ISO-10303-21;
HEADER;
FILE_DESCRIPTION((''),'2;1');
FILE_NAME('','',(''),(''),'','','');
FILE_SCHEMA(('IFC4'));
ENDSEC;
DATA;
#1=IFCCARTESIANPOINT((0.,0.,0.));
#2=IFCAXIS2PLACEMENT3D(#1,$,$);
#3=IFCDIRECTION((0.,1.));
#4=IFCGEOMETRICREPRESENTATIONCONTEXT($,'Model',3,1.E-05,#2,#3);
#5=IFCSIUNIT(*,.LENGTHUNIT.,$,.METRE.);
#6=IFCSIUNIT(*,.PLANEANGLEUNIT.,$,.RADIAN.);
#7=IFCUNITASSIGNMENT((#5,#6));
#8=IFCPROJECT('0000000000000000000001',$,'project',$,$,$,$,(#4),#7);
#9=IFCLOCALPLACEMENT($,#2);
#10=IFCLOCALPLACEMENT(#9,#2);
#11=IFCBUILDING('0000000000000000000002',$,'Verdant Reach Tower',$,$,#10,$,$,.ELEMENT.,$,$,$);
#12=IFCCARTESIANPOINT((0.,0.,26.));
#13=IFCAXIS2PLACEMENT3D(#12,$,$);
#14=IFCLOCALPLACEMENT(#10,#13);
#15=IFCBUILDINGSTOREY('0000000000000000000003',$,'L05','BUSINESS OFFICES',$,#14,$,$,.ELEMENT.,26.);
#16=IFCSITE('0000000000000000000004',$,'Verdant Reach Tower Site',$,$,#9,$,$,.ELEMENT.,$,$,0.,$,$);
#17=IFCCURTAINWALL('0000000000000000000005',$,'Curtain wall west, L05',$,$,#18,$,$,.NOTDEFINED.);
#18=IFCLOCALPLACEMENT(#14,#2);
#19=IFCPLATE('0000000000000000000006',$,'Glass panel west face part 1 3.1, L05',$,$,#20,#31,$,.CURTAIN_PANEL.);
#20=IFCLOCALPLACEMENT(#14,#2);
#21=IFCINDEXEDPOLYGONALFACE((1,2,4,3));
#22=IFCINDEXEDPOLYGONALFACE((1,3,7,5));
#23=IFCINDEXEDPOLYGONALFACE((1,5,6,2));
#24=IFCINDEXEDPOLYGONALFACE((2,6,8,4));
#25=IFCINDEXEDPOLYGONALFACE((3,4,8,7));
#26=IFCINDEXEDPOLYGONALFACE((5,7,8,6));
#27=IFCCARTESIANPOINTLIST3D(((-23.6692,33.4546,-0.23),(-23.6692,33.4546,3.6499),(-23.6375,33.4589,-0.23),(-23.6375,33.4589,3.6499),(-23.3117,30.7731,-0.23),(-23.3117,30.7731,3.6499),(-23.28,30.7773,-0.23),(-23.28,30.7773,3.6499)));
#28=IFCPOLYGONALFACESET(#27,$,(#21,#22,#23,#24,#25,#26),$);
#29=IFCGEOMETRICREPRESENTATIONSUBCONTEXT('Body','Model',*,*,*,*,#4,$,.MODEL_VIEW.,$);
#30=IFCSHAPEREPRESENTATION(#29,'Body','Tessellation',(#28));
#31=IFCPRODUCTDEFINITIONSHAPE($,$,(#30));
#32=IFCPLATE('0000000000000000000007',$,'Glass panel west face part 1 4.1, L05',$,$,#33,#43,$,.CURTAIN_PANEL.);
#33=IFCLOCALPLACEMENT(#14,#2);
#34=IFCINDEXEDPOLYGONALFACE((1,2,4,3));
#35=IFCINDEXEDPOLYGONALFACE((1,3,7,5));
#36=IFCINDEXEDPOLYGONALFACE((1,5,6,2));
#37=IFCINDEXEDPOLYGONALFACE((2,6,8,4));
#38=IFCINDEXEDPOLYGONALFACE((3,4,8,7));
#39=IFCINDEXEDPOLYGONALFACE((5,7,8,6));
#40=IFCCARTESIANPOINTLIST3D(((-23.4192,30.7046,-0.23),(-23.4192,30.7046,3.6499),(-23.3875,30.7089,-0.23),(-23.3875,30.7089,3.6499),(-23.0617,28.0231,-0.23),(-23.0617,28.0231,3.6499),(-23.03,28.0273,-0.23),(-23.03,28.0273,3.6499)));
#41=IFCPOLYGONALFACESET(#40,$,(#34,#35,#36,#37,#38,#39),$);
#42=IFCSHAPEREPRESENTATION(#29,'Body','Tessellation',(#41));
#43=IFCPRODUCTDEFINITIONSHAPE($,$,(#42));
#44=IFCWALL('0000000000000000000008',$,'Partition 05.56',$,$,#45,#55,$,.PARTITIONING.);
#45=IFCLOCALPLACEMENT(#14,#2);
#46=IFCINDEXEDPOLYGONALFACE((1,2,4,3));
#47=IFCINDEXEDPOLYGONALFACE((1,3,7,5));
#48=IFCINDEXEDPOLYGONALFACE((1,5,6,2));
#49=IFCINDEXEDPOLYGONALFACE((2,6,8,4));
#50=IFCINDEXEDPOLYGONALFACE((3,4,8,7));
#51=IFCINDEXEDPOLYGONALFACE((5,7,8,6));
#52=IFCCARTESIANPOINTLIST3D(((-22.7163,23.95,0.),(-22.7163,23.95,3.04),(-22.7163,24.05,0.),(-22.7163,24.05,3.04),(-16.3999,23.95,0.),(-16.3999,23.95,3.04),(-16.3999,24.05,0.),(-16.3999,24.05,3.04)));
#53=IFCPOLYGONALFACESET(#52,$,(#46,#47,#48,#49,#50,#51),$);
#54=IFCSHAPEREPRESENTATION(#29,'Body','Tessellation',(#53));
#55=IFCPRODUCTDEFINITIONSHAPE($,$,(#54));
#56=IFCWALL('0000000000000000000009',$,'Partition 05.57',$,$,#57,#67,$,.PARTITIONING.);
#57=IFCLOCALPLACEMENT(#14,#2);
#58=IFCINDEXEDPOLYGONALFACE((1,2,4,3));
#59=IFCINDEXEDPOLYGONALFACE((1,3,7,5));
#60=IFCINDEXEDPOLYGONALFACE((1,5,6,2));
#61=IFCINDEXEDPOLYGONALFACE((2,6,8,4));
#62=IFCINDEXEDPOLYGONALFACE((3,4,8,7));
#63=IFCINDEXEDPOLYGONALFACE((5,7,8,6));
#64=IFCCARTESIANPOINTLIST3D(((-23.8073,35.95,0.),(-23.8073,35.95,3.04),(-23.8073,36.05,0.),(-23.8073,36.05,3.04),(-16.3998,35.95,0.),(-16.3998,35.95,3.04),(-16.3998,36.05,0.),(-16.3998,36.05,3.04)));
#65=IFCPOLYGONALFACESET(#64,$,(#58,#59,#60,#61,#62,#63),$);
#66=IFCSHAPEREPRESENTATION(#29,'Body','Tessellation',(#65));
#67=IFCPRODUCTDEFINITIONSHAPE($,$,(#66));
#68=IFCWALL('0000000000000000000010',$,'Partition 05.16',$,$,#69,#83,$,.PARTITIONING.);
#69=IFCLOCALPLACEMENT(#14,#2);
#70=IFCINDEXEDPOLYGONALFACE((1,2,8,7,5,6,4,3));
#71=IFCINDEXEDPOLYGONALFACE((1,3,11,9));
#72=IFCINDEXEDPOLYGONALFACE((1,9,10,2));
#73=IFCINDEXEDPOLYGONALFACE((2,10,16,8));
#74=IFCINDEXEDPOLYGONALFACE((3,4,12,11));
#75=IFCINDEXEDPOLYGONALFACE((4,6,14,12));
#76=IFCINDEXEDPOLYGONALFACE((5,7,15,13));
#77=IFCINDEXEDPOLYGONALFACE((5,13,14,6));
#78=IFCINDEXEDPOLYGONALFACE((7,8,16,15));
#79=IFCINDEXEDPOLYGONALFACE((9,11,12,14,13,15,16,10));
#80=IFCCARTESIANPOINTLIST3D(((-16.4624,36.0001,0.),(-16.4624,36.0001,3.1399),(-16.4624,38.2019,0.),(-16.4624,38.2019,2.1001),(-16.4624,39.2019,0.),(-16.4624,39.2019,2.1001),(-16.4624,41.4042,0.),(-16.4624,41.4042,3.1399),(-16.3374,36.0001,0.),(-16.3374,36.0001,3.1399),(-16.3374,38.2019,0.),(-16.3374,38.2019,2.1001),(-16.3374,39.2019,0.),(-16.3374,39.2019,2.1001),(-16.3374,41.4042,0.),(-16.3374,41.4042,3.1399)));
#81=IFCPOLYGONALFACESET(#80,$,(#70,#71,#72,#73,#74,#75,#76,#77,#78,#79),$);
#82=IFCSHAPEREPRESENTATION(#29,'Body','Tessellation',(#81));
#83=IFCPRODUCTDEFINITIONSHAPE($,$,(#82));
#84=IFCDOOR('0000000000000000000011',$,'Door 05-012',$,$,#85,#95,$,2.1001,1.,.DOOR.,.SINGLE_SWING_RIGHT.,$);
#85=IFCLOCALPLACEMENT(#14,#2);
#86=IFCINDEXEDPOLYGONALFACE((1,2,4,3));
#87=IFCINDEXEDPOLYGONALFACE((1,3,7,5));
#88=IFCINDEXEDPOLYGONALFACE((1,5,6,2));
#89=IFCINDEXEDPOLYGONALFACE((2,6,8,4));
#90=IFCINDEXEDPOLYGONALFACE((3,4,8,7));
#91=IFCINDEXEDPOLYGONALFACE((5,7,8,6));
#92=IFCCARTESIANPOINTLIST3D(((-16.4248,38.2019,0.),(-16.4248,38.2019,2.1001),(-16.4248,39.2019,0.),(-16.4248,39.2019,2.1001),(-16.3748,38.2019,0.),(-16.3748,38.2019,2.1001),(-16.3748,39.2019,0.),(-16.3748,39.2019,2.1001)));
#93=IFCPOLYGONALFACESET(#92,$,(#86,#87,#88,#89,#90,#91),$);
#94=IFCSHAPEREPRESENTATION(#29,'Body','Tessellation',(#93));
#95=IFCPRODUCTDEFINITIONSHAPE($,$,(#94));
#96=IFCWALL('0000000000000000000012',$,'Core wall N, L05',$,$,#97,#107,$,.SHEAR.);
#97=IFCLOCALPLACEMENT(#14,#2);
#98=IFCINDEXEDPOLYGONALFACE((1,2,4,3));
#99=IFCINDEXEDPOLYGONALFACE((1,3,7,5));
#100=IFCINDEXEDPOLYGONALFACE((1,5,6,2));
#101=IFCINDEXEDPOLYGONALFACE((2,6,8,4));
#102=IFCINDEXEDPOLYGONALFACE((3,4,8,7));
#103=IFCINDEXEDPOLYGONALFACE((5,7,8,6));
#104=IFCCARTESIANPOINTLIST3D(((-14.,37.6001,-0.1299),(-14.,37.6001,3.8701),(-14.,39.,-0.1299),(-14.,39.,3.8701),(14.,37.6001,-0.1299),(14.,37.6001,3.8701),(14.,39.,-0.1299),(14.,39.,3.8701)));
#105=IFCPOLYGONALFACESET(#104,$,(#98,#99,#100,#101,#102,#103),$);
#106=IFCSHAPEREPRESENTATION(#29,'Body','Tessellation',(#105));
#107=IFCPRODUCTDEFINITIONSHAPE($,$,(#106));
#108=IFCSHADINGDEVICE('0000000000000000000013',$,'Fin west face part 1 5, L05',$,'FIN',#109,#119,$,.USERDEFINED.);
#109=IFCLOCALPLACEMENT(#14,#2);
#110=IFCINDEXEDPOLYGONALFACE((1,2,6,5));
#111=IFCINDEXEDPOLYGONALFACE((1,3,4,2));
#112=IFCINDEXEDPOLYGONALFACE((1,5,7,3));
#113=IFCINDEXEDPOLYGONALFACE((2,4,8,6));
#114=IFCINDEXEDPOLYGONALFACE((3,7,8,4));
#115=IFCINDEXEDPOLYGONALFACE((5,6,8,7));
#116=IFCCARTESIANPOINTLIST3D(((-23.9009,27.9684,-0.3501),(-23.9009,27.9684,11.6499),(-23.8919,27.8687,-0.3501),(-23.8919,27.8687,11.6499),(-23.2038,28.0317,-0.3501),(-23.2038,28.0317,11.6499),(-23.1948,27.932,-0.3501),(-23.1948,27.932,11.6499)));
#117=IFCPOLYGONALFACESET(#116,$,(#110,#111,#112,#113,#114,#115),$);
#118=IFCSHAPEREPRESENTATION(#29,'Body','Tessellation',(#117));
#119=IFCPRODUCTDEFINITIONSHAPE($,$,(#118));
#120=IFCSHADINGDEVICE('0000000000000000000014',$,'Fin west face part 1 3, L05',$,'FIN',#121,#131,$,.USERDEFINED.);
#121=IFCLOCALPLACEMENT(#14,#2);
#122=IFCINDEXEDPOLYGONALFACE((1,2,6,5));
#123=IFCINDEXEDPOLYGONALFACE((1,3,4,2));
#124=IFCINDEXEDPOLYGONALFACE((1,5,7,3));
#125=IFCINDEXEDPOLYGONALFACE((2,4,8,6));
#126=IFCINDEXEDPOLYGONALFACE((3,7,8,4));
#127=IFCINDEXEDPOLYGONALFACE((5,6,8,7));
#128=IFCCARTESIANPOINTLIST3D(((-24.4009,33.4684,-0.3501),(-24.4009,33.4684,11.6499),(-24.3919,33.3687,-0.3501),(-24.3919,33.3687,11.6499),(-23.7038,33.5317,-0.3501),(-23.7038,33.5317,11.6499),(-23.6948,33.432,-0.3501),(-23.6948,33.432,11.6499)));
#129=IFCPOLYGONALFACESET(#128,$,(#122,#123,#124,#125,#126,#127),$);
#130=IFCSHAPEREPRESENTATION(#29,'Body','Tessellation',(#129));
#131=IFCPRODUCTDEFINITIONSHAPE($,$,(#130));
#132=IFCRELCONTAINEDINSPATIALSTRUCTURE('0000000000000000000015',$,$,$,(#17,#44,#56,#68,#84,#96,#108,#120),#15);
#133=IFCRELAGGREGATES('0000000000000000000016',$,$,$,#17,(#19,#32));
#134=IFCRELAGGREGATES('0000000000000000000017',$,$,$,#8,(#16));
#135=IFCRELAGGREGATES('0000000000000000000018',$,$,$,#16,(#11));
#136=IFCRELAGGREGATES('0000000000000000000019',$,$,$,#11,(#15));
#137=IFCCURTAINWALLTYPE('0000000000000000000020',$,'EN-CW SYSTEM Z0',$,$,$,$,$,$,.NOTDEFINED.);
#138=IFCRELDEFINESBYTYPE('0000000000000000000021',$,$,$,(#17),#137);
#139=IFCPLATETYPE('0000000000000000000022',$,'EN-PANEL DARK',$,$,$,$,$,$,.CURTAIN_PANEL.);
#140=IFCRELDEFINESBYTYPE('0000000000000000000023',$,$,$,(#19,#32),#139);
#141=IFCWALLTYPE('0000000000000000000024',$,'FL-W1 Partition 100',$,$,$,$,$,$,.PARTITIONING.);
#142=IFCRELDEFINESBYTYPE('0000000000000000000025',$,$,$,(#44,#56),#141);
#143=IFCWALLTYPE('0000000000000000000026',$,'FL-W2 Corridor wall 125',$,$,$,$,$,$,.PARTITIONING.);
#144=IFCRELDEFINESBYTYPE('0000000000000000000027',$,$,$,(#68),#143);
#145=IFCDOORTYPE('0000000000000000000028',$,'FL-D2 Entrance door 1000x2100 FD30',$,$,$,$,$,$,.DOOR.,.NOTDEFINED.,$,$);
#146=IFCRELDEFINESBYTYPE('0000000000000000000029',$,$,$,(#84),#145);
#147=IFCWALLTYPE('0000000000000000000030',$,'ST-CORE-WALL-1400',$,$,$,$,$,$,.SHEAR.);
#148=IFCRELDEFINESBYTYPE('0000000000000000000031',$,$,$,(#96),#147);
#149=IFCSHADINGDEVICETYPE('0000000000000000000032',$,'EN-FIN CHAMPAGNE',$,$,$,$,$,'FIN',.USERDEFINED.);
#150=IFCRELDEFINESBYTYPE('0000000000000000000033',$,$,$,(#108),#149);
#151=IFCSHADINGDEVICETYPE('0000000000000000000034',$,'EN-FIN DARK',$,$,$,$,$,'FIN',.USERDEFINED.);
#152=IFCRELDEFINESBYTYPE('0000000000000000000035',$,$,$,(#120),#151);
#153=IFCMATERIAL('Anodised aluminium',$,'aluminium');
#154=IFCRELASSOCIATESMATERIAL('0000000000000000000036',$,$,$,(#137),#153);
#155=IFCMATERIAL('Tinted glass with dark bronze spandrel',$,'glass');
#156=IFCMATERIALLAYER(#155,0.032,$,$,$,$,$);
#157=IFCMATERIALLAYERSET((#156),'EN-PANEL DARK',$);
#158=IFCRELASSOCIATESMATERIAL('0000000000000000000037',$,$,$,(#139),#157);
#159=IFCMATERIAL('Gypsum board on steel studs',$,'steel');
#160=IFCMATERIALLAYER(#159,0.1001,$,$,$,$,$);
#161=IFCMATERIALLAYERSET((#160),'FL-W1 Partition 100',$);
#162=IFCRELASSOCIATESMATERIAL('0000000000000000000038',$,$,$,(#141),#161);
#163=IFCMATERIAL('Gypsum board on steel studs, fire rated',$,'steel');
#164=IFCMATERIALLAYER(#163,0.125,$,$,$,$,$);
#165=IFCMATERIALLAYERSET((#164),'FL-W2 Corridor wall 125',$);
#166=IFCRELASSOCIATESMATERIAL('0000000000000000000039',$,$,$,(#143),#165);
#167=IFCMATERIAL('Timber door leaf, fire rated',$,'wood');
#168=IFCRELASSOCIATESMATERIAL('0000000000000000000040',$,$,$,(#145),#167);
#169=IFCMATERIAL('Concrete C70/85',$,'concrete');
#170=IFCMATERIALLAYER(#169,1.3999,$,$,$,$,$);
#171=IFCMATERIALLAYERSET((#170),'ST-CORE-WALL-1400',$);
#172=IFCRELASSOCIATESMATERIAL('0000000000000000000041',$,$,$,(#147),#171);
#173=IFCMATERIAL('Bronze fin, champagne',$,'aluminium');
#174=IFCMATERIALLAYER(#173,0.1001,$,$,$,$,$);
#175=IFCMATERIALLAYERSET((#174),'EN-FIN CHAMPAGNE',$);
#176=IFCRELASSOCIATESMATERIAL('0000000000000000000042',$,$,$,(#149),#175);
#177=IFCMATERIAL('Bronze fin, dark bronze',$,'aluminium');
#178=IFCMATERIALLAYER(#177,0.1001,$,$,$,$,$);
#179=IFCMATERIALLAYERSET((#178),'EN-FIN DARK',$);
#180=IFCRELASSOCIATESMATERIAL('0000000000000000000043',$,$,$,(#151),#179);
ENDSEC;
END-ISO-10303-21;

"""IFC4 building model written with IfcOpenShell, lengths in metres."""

from ifc_helpers import new_model, si_unit, direction, frame, frame_2d, origin, origin_2d, place, context, subcontext, project, spatial, rectangle, extrude, material, layer, layer_set, type_object, element, fill, aggregate, save


model = new_model("IFC4")

# Units and contexts
model_context = context("Model", 3, precision=1e-05, world=origin(), true_north=direction((0.0, 1.0)))
body_context = subcontext(model_context, "Body", "Model", "MODEL_VIEW")
ifc_project = project(units=[si_unit("LENGTHUNIT", "METRE"), si_unit("PLANEANGLEUNIT", "RADIAN")], contexts=[model_context])

# Site, building, storey
site_placement = place(None, origin())
site = spatial("IfcSite", under=ifc_project, at=site_placement, Name="Verdant Reach Tower Site", CompositionType="ELEMENT", RefElevation=0.0)
building_placement = place(site_placement, origin())
building = spatial("IfcBuilding", under=site, at=building_placement, Name="Verdant Reach Tower", CompositionType="ELEMENT")
storey_placement = place(building_placement, frame((0.0, 0.0, 26.0)))
storey = spatial("IfcBuildingStorey", under=building, at=storey_placement, Name="L05", Description="BUSINESS OFFICES", CompositionType="ELEMENT", Elevation=26.0)

# Curtain wall
ifc_material_1 = material(Name="Anodised aluminium", Category="aluminium")
curtain_wall_type = type_object("IfcCurtainWallType", Name="EN-CW SYSTEM Z0", PredefinedType="NOTDEFINED", material=ifc_material_1)
curtain_wall_placement = place(storey_placement, origin())
curtain_wall = element("IfcCurtainWall", 1, at=curtain_wall_placement, inside=storey, type_object=curtain_wall_type, Name="Curtain wall west, L05", PredefinedType="NOTDEFINED")

# Plates
ifc_material_2 = material(Name="Tinted glass with dark bronze spandrel", Category="glass")
ifc_layer_1 = layer(ifc_material_2, 0.032)
ifc_layer_set_1 = layer_set([ifc_layer_1], Name="EN-PANEL DARK")
plate_type_1 = type_object("IfcPlateType", Name="EN-PANEL DARK", PredefinedType="CURTAIN_PANEL", material=ifc_layer_set_1)
plate_1_placement = place(storey_placement, frame((-23.4746, 32.116, -0.23), z_axis=(0.0, 0.0, 1.0), x_axis=(0.13216, -0.991228, 0.0)))
plate_1 = element("IfcPlate", 2, at=plate_1_placement, type_object=plate_type_1, Name="Glass panel west face part 1 3.1, L05", PredefinedType="CURTAIN_PANEL", context=body_context, shape_type="SweptSolid", body=[
    extrude(rectangle(XDim=2.7053, YDim=0.032, at=origin_2d()), origin(), (0.0, 0.0, 1.0), 3.8799),
])
plate_2_placement = place(storey_placement, frame((-23.2246, 29.366, -0.23), z_axis=(0.0, 0.0, 1.0), x_axis=(0.13216, -0.991228, 0.0)))
plate_2 = element("IfcPlate", 3, at=plate_2_placement, type_object=plate_type_1, Name="Glass panel west face part 1 4.1, L05", PredefinedType="CURTAIN_PANEL", context=body_context, shape_type="SweptSolid", body=[
    extrude(rectangle(XDim=2.7053, YDim=0.032, at=origin_2d()), origin(), (0.0, 0.0, 1.0), 3.8799),
])
aggregate(curtain_wall, [plate_1, plate_2])

# Walls
ifc_material_3 = material(Name="Gypsum board on steel studs", Category="steel")
ifc_layer_2 = layer(ifc_material_3, 0.1001)
ifc_layer_set_2 = layer_set([ifc_layer_2], Name="FL-W1 Partition 100")
wall_type_1 = type_object("IfcWallType", Name="FL-W1 Partition 100", PredefinedType="PARTITIONING", material=ifc_layer_set_2)
wall_1_placement = place(storey_placement, frame((-16.3999, 24.0, 0.0), z_axis=(0.0, 0.0, 1.0), x_axis=(-1.0, 0.0, 0.0)))
element("IfcWall", 4, at=wall_1_placement, inside=storey, type_object=wall_type_1, Name="Partition 05.56", PredefinedType="PARTITIONING", context=body_context, shape_type="SweptSolid", body=[
    extrude(rectangle(XDim=6.3164, YDim=0.1001, at=frame_2d((3.1582, 0.0))), origin(), (0.0, 0.0, 1.0), 3.04),
])
wall_2_placement = place(storey_placement, frame((-16.3999, 36.0, 0.0), z_axis=(0.0, 0.0, 1.0), x_axis=(-1.0, 0.0, 0.0)))
element("IfcWall", 5, at=wall_2_placement, inside=storey, type_object=wall_type_1, Name="Partition 05.57", PredefinedType="PARTITIONING", context=body_context, shape_type="SweptSolid", body=[
    extrude(rectangle(XDim=7.4075, YDim=0.1001, at=frame_2d((3.7036, 0.0))), origin(), (0.0, 0.0, 1.0), 3.04),
])

# Wall, opening, door
ifc_material_4 = material(Name="Gypsum board on steel studs, fire rated", Category="steel")
ifc_layer_3 = layer(ifc_material_4, 0.125)
ifc_layer_set_3 = layer_set([ifc_layer_3], Name="FL-W2 Corridor wall 125")
wall_type_2 = type_object("IfcWallType", Name="FL-W2 Corridor wall 125", PredefinedType="PARTITIONING", material=ifc_layer_set_3)
wall_3_placement = place(storey_placement, frame((-16.3999, 36.0, 0.0), z_axis=(0.0, 0.0, 1.0), x_axis=(0.0, 1.0, 0.0)))
wall_3 = element("IfcWall", 6, at=wall_3_placement, inside=storey, type_object=wall_type_2, Name="Partition 05.16", PredefinedType="PARTITIONING", context=body_context, shape_type="SweptSolid", body=[
    extrude(rectangle(XDim=5.4041, YDim=0.125, at=frame_2d((2.7021, 0.0))), origin(), (0.0, 0.0, 1.0), 3.1399),
])
opening_placement = place(wall_3_placement, frame((2.2019, 0.0, 0.0)))
opening = element("IfcOpeningElement", 7, at=opening_placement, cuts=wall_3, PredefinedType="OPENING", context=body_context, shape_type="SweptSolid", body=[
    extrude(rectangle(XDim=1.0, YDim=2.1001, at=frame_2d((0.5, 1.05))), frame((0.0, 0.0725, 0.0), z_axis=(0.0, -1.0, 0.0), x_axis=(1.0, 0.0, 0.0)), (0.0, 0.0, 1.0), 0.145),
])
ifc_material_5 = material(Name="Timber door leaf, fire rated", Category="wood")
door_type = type_object("IfcDoorType", Name="FL-D2 Entrance door 1000x2100 FD30", OperationType="NOTDEFINED", PredefinedType="DOOR", material=ifc_material_5)
door_placement = place(opening_placement, origin())
door = element("IfcDoor", 8, at=door_placement, inside=storey, type_object=door_type, Name="Door 05-012", OperationType="SINGLE_SWING_RIGHT", OverallHeight=2.1001, OverallWidth=1.0, PredefinedType="DOOR", context=body_context, shape_type="SweptSolid", body=[
    extrude(rectangle(XDim=1.0, YDim=2.1001, at=frame_2d((0.5, 1.05))), frame((0.0, 0.0249, 0.0), z_axis=(0.0, -1.0, 0.0), x_axis=(1.0, 0.0, 0.0)), (0.0, 0.0, 1.0), 0.05),
])
fill(opening, door)

# Wall
ifc_material_6 = material(Name="Concrete C70/85", Category="concrete")
ifc_layer_4 = layer(ifc_material_6, 1.3999)
ifc_layer_set_4 = layer_set([ifc_layer_4], Name="ST-CORE-WALL-1400")
wall_type_3 = type_object("IfcWallType", Name="ST-CORE-WALL-1400", PredefinedType="SHEAR", material=ifc_layer_set_4)
wall_4_placement = place(storey_placement, frame((-14.0, 38.3, -0.1299), z_axis=(0.0, 0.0, 1.0), x_axis=(1.0, 0.0, 0.0)))
element("IfcWall", 9, at=wall_4_placement, inside=storey, type_object=wall_type_3, Name="Core wall N, L05", PredefinedType="SHEAR", context=body_context, shape_type="SweptSolid", body=[
    extrude(rectangle(XDim=28.0, YDim=1.3999, at=frame_2d((14.0, 0.0))), origin(), (0.0, 0.0, 1.0), 4.0),
])

# Shading devices
ifc_material_7 = material(Name="Bronze fin, champagne", Category="aluminium")
ifc_layer_5 = layer(ifc_material_7, 0.1001)
ifc_layer_set_5 = layer_set([ifc_layer_5], Name="EN-FIN CHAMPAGNE")
shading_device_type_1 = type_object("IfcShadingDeviceType", Name="EN-FIN CHAMPAGNE", ElementType="FIN", PredefinedType="USERDEFINED", material=ifc_layer_set_5)
shading_device_1_placement = place(storey_placement, frame((-23.5479, 27.9502, -0.3501), z_axis=(0.0, 0.0, 1.0), x_axis=(0.090536, -0.995893, 0.0)))
element("IfcShadingDevice", 10, at=shading_device_1_placement, inside=storey, type_object=shading_device_type_1, Name="Fin west face part 1 5, L05", ObjectType="FIN", PredefinedType="USERDEFINED", context=body_context, shape_type="SweptSolid", body=[
    extrude(rectangle(XDim=0.1001, YDim=0.7, at=origin_2d()), origin(), (0.0, 0.0, 1.0), 12.0),
])
ifc_material_8 = material(Name="Bronze fin, dark bronze", Category="aluminium")
ifc_layer_6 = layer(ifc_material_8, 0.1001)
ifc_layer_set_6 = layer_set([ifc_layer_6], Name="EN-FIN DARK")
shading_device_type_2 = type_object("IfcShadingDeviceType", Name="EN-FIN DARK", ElementType="FIN", PredefinedType="USERDEFINED", material=ifc_layer_set_6)
shading_device_2_placement = place(storey_placement, frame((-24.0479, 33.4502, -0.3501), z_axis=(0.0, 0.0, 1.0), x_axis=(0.090536, -0.995893, 0.0)))
element("IfcShadingDevice", 11, at=shading_device_2_placement, inside=storey, type_object=shading_device_type_2, Name="Fin west face part 1 3, L05", ObjectType="FIN", PredefinedType="USERDEFINED", context=body_context, shape_type="SweptSolid", body=[
    extrude(rectangle(XDim=0.1001, YDim=0.7, at=origin_2d()), origin(), (0.0, 0.0, 1.0), 12.0),
])

save(model, "model.ifc")
